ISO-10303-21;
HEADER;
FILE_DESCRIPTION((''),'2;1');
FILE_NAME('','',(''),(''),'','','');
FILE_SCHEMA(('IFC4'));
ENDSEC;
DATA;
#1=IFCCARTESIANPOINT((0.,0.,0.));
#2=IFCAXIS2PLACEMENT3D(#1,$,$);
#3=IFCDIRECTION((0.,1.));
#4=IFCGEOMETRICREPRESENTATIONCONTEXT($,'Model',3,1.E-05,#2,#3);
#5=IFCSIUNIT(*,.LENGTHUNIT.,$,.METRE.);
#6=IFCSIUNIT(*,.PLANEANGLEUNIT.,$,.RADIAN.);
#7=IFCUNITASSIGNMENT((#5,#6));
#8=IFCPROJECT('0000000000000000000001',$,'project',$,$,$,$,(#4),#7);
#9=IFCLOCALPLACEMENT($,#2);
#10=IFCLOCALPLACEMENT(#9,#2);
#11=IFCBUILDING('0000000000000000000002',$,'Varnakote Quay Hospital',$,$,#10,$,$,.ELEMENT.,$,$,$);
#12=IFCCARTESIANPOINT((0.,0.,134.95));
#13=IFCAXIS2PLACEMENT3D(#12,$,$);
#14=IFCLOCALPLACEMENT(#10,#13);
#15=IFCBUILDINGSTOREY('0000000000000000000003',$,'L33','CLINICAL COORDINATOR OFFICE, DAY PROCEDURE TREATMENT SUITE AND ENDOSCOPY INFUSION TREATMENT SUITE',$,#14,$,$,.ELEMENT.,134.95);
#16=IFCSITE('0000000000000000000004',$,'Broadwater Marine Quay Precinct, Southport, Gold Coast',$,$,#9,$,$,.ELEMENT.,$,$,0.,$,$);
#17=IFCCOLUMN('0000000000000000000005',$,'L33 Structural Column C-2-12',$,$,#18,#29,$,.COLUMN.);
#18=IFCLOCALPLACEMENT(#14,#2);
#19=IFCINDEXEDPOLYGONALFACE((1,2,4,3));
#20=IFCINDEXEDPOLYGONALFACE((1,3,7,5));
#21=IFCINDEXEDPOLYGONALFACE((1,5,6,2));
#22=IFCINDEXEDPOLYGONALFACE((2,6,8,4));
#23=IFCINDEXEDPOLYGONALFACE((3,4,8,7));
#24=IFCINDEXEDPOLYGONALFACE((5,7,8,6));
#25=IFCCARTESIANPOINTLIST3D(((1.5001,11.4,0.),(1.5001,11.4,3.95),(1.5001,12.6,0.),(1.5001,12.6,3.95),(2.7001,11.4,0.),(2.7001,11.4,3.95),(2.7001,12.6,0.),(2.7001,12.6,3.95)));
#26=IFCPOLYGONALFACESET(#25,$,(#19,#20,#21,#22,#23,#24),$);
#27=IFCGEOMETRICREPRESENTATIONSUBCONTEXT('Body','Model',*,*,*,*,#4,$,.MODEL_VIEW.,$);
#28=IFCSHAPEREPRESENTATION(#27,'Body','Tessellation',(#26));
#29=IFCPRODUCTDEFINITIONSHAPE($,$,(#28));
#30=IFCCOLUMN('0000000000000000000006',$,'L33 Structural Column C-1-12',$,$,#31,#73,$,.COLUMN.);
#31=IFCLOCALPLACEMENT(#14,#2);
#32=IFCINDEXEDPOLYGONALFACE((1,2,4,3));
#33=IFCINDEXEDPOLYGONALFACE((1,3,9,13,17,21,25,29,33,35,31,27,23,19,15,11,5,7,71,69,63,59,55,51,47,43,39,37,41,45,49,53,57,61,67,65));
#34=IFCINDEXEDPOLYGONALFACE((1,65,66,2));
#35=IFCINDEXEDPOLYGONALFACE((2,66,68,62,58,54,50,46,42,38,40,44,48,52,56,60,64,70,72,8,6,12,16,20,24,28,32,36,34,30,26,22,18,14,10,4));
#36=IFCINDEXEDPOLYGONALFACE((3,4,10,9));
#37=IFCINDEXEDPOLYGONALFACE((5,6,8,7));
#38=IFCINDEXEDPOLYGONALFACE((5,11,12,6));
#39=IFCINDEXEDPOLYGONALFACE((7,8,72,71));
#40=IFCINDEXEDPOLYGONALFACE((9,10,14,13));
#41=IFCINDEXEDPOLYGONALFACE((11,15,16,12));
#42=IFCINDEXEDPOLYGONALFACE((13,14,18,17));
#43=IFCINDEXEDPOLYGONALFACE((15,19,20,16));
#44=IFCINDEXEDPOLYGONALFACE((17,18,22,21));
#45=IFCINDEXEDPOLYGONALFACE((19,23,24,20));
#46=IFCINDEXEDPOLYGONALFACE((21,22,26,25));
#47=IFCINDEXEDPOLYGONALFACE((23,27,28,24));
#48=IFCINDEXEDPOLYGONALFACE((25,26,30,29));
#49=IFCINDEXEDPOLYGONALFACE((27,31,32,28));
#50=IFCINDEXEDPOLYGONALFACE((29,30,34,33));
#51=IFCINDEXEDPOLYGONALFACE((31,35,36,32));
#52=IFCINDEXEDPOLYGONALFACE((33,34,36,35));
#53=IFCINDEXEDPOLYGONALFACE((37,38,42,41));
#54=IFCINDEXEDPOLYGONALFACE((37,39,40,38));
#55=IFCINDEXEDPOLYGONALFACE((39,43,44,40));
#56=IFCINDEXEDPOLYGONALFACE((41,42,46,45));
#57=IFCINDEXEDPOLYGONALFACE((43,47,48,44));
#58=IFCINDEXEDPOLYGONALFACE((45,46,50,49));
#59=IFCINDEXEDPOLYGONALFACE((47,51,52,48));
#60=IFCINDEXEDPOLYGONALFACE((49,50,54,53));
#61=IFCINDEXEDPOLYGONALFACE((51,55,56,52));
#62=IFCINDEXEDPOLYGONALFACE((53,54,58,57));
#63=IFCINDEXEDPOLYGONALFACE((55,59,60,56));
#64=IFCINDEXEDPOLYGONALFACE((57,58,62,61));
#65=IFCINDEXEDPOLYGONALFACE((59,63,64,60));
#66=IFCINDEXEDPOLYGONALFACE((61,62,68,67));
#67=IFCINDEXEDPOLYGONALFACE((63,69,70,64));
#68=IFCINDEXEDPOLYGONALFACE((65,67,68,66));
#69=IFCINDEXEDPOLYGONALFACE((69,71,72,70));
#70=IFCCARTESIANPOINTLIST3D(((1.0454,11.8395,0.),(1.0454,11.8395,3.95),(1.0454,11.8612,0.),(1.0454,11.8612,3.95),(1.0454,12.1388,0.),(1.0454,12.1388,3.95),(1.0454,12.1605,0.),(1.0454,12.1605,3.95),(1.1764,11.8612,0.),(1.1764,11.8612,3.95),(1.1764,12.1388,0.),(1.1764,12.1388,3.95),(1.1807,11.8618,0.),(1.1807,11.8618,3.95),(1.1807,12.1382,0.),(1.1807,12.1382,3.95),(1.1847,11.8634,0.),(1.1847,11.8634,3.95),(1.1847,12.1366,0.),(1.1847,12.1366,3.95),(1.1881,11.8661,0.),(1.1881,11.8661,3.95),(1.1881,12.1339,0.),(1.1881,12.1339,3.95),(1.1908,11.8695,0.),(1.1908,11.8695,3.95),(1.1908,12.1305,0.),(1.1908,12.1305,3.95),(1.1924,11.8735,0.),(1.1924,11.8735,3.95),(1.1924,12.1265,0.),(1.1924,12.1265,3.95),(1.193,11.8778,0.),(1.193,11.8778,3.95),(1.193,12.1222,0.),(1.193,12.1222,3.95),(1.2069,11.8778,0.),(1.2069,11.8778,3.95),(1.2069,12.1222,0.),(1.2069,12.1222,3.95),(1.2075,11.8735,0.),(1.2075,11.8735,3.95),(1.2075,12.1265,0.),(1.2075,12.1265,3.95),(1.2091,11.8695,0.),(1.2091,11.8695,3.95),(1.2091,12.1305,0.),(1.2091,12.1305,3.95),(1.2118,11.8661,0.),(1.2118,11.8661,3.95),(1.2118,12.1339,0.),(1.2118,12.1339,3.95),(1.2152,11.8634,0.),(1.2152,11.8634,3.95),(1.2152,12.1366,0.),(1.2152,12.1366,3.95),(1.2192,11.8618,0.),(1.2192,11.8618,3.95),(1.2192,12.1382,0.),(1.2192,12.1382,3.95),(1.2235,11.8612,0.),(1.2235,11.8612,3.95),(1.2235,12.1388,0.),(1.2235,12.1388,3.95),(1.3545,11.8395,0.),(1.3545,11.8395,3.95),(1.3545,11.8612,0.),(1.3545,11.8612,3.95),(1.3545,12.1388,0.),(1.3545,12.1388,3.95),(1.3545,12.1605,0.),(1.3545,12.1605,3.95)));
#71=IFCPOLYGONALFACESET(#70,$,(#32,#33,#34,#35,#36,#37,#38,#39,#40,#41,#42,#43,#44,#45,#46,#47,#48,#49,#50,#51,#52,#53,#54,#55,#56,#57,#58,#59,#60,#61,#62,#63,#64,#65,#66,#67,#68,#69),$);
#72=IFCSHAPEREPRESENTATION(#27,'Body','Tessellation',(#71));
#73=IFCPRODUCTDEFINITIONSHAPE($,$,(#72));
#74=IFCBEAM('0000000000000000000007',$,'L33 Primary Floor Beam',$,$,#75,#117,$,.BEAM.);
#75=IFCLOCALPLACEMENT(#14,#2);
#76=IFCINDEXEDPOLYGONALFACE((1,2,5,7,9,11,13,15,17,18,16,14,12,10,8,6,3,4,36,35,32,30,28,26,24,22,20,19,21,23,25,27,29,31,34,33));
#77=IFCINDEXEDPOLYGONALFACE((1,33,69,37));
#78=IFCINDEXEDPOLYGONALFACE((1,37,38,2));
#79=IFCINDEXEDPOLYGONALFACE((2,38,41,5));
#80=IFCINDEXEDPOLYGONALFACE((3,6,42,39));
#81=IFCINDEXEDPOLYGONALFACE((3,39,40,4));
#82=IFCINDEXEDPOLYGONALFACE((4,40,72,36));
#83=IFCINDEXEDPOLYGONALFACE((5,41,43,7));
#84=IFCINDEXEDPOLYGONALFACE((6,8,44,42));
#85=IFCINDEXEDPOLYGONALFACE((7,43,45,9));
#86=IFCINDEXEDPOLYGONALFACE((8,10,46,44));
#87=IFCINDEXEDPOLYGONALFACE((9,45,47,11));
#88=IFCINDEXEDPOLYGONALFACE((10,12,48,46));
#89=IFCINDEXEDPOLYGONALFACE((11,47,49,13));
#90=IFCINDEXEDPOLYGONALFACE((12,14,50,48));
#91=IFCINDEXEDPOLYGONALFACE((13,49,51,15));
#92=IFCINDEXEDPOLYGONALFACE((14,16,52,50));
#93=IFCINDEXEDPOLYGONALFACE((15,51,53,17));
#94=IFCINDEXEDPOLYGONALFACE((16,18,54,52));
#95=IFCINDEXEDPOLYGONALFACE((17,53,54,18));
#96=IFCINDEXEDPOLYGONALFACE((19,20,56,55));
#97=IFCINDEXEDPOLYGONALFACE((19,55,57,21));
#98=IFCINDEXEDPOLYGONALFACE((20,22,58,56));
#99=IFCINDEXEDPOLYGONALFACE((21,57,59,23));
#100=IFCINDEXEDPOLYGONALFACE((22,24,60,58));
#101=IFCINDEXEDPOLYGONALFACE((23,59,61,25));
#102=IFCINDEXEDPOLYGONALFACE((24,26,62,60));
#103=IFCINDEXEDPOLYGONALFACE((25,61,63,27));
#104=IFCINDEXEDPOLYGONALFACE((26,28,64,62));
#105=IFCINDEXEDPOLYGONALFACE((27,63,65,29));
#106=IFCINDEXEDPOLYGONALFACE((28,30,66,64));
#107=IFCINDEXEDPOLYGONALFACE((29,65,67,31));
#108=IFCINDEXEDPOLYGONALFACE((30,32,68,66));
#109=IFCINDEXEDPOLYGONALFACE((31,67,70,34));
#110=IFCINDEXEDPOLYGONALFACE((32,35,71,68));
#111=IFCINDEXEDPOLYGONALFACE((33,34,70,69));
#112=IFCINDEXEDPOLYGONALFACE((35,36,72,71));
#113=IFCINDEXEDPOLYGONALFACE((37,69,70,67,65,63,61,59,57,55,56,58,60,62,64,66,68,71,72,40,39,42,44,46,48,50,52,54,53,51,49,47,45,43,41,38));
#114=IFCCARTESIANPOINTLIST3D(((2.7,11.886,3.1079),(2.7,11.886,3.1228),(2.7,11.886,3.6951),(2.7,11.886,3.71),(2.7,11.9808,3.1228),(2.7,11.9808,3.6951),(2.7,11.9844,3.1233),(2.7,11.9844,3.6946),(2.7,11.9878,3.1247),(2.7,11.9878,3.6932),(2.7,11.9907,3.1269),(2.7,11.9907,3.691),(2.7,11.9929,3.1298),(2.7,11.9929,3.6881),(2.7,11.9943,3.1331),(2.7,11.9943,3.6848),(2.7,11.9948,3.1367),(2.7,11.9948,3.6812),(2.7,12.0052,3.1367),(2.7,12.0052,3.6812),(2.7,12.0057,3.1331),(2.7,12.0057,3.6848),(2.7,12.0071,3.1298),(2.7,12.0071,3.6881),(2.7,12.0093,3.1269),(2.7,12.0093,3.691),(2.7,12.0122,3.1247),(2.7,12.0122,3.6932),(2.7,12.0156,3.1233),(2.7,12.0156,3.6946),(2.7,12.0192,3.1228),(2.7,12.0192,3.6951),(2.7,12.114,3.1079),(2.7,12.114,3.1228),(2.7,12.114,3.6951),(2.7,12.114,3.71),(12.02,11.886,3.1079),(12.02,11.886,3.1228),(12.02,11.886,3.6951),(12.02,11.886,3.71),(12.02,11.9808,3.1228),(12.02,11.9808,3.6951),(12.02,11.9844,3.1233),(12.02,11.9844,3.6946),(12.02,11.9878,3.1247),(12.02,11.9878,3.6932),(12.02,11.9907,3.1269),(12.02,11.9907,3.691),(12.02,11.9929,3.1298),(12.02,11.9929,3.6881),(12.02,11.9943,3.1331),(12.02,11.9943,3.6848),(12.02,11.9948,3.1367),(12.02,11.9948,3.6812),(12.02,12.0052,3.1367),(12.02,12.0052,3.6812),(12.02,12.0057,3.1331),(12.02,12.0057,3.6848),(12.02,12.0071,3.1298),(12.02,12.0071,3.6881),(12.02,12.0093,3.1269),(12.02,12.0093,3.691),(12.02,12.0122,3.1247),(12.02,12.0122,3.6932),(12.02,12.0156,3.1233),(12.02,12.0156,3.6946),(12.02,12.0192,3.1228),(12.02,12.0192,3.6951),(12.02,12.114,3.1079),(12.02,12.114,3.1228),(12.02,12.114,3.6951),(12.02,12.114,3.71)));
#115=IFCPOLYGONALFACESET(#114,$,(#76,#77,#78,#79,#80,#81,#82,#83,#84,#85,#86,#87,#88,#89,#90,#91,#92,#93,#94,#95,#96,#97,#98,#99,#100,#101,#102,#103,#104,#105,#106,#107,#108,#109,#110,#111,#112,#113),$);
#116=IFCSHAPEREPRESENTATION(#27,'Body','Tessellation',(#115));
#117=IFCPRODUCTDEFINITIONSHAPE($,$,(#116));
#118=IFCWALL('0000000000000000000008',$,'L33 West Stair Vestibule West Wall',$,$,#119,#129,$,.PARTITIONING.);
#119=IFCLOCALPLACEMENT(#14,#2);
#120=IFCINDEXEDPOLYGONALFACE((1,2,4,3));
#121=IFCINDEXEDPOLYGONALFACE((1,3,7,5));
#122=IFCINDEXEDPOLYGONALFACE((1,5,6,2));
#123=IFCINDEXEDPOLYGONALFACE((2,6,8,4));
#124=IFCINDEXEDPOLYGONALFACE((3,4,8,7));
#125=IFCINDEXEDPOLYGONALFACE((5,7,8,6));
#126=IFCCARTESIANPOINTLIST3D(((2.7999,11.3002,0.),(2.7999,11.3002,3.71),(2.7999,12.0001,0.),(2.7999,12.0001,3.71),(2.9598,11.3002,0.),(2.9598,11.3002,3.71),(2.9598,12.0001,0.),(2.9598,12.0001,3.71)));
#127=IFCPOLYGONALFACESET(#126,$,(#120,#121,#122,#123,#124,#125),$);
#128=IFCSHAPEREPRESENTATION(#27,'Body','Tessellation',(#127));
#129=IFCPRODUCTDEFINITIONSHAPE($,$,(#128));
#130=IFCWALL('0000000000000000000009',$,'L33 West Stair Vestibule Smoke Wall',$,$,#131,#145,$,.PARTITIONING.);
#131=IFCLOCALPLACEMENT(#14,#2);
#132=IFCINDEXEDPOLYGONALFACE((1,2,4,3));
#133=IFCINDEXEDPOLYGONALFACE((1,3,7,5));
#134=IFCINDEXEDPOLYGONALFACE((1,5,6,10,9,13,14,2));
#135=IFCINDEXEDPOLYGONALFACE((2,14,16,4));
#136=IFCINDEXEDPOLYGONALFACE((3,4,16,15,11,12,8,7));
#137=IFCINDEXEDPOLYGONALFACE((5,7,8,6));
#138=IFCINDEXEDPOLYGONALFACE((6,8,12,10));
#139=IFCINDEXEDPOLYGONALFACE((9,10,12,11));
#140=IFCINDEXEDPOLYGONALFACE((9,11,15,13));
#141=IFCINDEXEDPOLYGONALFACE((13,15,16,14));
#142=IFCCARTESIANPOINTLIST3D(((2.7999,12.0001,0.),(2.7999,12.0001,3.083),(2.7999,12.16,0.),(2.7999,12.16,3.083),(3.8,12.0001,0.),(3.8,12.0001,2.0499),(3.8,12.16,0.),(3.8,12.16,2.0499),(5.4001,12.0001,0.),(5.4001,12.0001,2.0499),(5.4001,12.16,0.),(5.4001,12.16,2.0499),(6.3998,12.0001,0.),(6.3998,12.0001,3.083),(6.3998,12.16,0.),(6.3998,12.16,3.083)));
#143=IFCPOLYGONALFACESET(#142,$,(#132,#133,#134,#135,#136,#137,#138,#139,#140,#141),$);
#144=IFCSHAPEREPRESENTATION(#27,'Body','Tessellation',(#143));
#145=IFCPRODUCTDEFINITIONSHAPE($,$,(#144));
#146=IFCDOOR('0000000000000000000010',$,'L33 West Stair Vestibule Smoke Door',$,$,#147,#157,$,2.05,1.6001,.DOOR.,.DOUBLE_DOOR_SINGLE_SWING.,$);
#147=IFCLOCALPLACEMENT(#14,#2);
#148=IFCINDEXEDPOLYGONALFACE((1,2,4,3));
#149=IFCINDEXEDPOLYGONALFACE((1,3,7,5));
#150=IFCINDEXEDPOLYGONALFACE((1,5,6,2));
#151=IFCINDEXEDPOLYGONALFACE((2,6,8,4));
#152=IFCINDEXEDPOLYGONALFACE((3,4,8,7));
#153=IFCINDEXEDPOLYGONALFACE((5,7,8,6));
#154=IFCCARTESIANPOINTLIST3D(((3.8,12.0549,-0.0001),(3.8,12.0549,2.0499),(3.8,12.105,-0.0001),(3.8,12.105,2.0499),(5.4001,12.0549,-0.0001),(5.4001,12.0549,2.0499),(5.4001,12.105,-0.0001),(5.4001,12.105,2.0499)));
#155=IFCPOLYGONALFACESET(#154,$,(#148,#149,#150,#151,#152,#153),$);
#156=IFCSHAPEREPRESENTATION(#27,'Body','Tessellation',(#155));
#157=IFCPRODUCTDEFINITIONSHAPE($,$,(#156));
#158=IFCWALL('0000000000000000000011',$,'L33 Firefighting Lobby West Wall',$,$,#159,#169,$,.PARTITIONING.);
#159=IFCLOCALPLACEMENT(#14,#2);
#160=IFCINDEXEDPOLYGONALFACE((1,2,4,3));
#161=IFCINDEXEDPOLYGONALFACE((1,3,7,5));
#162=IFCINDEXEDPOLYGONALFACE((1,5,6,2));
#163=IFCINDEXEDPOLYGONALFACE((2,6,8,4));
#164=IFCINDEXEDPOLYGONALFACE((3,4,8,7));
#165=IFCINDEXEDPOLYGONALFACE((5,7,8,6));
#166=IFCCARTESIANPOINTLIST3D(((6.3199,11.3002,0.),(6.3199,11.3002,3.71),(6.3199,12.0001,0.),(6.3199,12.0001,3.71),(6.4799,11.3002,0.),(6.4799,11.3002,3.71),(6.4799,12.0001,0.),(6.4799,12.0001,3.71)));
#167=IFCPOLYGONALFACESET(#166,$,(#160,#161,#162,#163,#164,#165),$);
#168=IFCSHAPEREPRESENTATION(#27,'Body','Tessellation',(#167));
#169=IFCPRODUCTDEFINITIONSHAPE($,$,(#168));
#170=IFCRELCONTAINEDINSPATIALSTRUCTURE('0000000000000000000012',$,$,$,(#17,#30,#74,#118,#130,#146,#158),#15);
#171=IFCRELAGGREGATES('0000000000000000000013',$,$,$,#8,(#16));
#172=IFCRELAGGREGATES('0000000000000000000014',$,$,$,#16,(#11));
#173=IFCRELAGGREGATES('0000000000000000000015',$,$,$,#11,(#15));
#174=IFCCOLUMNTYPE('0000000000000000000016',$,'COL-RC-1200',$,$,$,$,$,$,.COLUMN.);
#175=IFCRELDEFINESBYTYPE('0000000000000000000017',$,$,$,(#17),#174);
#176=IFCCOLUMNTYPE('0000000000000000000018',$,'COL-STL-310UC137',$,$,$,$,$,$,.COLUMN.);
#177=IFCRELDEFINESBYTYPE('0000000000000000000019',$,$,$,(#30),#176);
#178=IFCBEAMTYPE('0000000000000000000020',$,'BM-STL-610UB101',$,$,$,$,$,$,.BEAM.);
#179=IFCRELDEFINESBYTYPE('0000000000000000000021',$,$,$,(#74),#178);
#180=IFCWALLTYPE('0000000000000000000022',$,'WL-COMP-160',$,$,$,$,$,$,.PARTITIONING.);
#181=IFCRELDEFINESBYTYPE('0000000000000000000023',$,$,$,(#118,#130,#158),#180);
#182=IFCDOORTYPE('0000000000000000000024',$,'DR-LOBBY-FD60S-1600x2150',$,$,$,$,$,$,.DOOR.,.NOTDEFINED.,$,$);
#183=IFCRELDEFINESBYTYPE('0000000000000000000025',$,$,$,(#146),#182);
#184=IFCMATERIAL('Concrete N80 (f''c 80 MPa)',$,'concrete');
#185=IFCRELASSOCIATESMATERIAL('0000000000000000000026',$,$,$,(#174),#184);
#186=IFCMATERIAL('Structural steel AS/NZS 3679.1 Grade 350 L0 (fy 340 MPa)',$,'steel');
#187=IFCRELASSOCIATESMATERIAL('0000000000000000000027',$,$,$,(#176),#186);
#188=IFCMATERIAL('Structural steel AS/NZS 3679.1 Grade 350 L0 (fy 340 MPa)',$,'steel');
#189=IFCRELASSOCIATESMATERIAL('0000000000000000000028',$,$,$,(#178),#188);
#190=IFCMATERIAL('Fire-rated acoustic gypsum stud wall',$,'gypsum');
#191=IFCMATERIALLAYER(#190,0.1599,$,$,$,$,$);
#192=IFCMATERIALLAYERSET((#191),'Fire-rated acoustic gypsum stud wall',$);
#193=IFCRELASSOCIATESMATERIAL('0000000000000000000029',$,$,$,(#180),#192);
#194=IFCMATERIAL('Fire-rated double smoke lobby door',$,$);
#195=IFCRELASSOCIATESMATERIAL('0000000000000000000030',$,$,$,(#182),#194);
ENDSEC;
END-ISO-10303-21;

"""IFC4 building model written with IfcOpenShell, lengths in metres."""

from ifc_helpers import new_model, si_unit, direction, frame, frame_2d, origin, origin_2d, place, context, subcontext, project, spatial, rectangle, i_section, extrude, material, layer, layer_set, material_profile, profile_set, type_object, element, fill, save


model = new_model("IFC4")

# Units and contexts
model_context = context("Model", 3, precision=1e-05, world=origin(), true_north=direction((0.0, 1.0)))
body_context = subcontext(model_context, "Body", "Model", "MODEL_VIEW")
ifc_project = project(units=[si_unit("LENGTHUNIT", "METRE"), si_unit("PLANEANGLEUNIT", "RADIAN")], contexts=[model_context])

# Site, building, storey
site_placement = place(None, origin())
site = spatial("IfcSite", under=ifc_project, at=site_placement, Name="Broadwater Marine Quay Precinct, Southport, Gold Coast", CompositionType="ELEMENT", RefElevation=0.0)
building_placement = place(site_placement, origin())
building = spatial("IfcBuilding", under=site, at=building_placement, Name="Varnakote Quay Hospital", CompositionType="ELEMENT")
storey_placement = place(building_placement, frame((0.0, 0.0, 134.95)))
storey = spatial("IfcBuildingStorey", under=building, at=storey_placement, Name="L33", Description="CLINICAL COORDINATOR OFFICE, DAY PROCEDURE TREATMENT SUITE AND ENDOSCOPY INFUSION TREATMENT SUITE", CompositionType="ELEMENT", Elevation=134.95)

# Columns
ifc_material_1 = material(Name="Concrete N80 (f'c 80 MPa)", Category="concrete")
ifc_material_profile_1 = material_profile(ifc_material_1, rectangle(XDim=1.2, YDim=1.2, at=origin_2d()), Name="RC-COL-1200x1200")
ifc_profile_set_1 = profile_set([ifc_material_profile_1], Name="Concrete N80 (f'c 80 MPa)")
column_type_1 = type_object("IfcColumnType", Name="COL-RC-1200", PredefinedType="COLUMN", material=ifc_profile_set_1)
column_1_placement = place(storey_placement, frame((2.1001, 12.0, 0.0), z_axis=(0.0, 0.0, 1.0), x_axis=(1.0, 0.0, 0.0)))
element("IfcColumn", 1, at=column_1_placement, inside=storey, type_object=column_type_1, Name="L33 Structural Column C-2-12", PredefinedType="COLUMN", context=body_context, shape_type="SweptSolid", body=[
    extrude(rectangle(XDim=1.2, YDim=1.2, at=origin_2d()), origin(), (0.0, 0.0, 1.0), 3.95),
])
ifc_material_2 = material(Name="Structural steel AS/NZS 3679.1 Grade 350 L0 (fy 340 MPa)", Category="steel")
ifc_material_profile_2 = material_profile(ifc_material_2, i_section(OverallWidth=0.3091, OverallDepth=0.321, WebThickness=0.0139, FlangeThickness=0.0217, FilletRadius=0.0166, at=origin_2d()), Name="310UC137")
ifc_profile_set_2 = profile_set([ifc_material_profile_2], Name="Structural steel AS/NZS 3679.1 Grade 350 L0 (fy 340 MPa)")
column_type_2 = type_object("IfcColumnType", Name="COL-STL-310UC137", PredefinedType="COLUMN", material=ifc_profile_set_2)
column_2_placement = place(storey_placement, frame((1.2, 12.0, 0.0), z_axis=(0.0, 0.0, 1.0), x_axis=(1.0, 0.0, 0.0)))
element("IfcColumn", 2, at=column_2_placement, inside=storey, type_object=column_type_2, Name="L33 Structural Column C-1-12", PredefinedType="COLUMN", context=body_context, shape_type="SweptSolid", body=[
    extrude(i_section(OverallWidth=0.3091, OverallDepth=0.321, WebThickness=0.0139, FlangeThickness=0.0217, FilletRadius=0.0166, at=origin_2d()), origin(), (0.0, 0.0, 1.0), 3.95),
])

# Beam
ifc_material_3 = material(Name="Structural steel AS/NZS 3679.1 Grade 350 L0 (fy 340 MPa)", Category="steel")
ifc_material_profile_3 = material_profile(ifc_material_3, i_section(OverallWidth=0.228, OverallDepth=0.6021, WebThickness=0.0105, FlangeThickness=0.0149, FilletRadius=0.0139, at=origin_2d()), Name="610UB101")
ifc_profile_set_3 = profile_set([ifc_material_profile_3], Name="Structural steel AS/NZS 3679.1 Grade 350 L0 (fy 340 MPa)")
beam_type = type_object("IfcBeamType", Name="BM-STL-610UB101", PredefinedType="BEAM", material=ifc_profile_set_3)
beam_placement = place(storey_placement, frame((2.7, 12.0, 3.4089), z_axis=(1.0, 0.0, 0.0), x_axis=(0.0, 1.0, 0.0)))
element("IfcBeam", 3, at=beam_placement, inside=storey, type_object=beam_type, Name="L33 Primary Floor Beam", PredefinedType="BEAM", context=body_context, shape_type="SweptSolid", body=[
    extrude(i_section(OverallWidth=0.228, OverallDepth=0.6021, WebThickness=0.0105, FlangeThickness=0.0149, FilletRadius=0.0139, at=origin_2d()), origin(), (0.0, 0.0, 1.0), 9.3201),
])

# Wall
ifc_material_4 = material(Name="Fire-rated acoustic gypsum stud wall", Category="gypsum")
ifc_layer_1 = layer(ifc_material_4, 0.1599)
ifc_layer_set_1 = layer_set([ifc_layer_1], Name="Fire-rated acoustic gypsum stud wall")
wall_type_1 = type_object("IfcWallType", Name="WL-COMP-160", PredefinedType="PARTITIONING", material=ifc_layer_set_1)
wall_1_placement = place(storey_placement, frame((2.8799, 11.3, 0.0), z_axis=(0.0, 0.0, 1.0), x_axis=(0.0, 1.0, 0.0)))
element("IfcWall", 4, at=wall_1_placement, inside=storey, type_object=wall_type_1, Name="L33 West Stair Vestibule West Wall", PredefinedType="PARTITIONING", context=body_context, shape_type="SweptSolid", body=[
    extrude(rectangle(XDim=0.7, YDim=0.1599, at=frame_2d((0.3501, 0.0))), origin(), (0.0, 0.0, 1.0), 3.71),
])

# Wall, opening, door
wall_2_placement = place(storey_placement, frame((2.8, 12.0801, 0.0), z_axis=(0.0, 0.0, 1.0), x_axis=(1.0, 0.0, 0.0)))
wall_2 = element("IfcWall", 5, at=wall_2_placement, inside=storey, type_object=wall_type_1, Name="L33 West Stair Vestibule Smoke Wall", PredefinedType="PARTITIONING", context=body_context, shape_type="SweptSolid", body=[
    extrude(rectangle(XDim=3.5999, YDim=0.1599, at=frame_2d((1.7998, 0.0))), origin(), (0.0, 0.0, 1.0), 3.083),
])
opening_1_placement = place(wall_2_placement, frame((1.0, 0.0, 0.0)))
opening_1 = element("IfcOpeningElement", 6, at=opening_1_placement, cuts=wall_2, PredefinedType="OPENING", context=body_context, shape_type="SweptSolid", body=[
    extrude(rectangle(XDim=1.6001, YDim=2.05, at=frame_2d((0.8, 1.0249))), frame((0.0, 0.0898, 0.0), z_axis=(0.0, -1.0, 0.0), x_axis=(1.0, 0.0, 0.0)), (0.0, 0.0, 1.0), 0.1799),
])
ifc_material_5 = material(Name="Fire-rated double smoke lobby door")
door_type_1 = type_object("IfcDoorType", Name="DR-LOBBY-FD60S-1600x2150", OperationType="NOTDEFINED", PredefinedType="DOOR", material=ifc_material_5)
door_1_placement = place(opening_1_placement, origin())
door_1 = element("IfcDoor", 7, at=door_1_placement, inside=storey, type_object=door_type_1, Name="L33 West Stair Vestibule Smoke Door", OperationType="DOUBLE_DOOR_SINGLE_SWING", OverallHeight=2.05, OverallWidth=1.6001, PredefinedType="DOOR", context=body_context, shape_type="SweptSolid", body=[
    extrude(rectangle(XDim=1.6001, YDim=2.05, at=frame_2d((0.8, 1.0249))), frame((0.0, 0.0249, 0.0), z_axis=(0.0, -1.0, 0.0), x_axis=(1.0, 0.0, 0.0)), (0.0, 0.0, 1.0), 0.05),
])
fill(opening_1, door_1)

# Wall
wall_3_placement = place(storey_placement, frame((6.3999, 11.3, 0.0), z_axis=(0.0, 0.0, 1.0), x_axis=(0.0, 1.0, 0.0)))
element("IfcWall", 8, at=wall_3_placement, inside=storey, type_object=wall_type_1, Name="L33 Firefighting Lobby West Wall", PredefinedType="PARTITIONING", context=body_context, shape_type="SweptSolid", body=[
    extrude(rectangle(XDim=0.7, YDim=0.1599, at=frame_2d((0.3501, 0.0))), origin(), (0.0, 0.0, 1.0), 3.71),
])

save(model, "model.ifc")
